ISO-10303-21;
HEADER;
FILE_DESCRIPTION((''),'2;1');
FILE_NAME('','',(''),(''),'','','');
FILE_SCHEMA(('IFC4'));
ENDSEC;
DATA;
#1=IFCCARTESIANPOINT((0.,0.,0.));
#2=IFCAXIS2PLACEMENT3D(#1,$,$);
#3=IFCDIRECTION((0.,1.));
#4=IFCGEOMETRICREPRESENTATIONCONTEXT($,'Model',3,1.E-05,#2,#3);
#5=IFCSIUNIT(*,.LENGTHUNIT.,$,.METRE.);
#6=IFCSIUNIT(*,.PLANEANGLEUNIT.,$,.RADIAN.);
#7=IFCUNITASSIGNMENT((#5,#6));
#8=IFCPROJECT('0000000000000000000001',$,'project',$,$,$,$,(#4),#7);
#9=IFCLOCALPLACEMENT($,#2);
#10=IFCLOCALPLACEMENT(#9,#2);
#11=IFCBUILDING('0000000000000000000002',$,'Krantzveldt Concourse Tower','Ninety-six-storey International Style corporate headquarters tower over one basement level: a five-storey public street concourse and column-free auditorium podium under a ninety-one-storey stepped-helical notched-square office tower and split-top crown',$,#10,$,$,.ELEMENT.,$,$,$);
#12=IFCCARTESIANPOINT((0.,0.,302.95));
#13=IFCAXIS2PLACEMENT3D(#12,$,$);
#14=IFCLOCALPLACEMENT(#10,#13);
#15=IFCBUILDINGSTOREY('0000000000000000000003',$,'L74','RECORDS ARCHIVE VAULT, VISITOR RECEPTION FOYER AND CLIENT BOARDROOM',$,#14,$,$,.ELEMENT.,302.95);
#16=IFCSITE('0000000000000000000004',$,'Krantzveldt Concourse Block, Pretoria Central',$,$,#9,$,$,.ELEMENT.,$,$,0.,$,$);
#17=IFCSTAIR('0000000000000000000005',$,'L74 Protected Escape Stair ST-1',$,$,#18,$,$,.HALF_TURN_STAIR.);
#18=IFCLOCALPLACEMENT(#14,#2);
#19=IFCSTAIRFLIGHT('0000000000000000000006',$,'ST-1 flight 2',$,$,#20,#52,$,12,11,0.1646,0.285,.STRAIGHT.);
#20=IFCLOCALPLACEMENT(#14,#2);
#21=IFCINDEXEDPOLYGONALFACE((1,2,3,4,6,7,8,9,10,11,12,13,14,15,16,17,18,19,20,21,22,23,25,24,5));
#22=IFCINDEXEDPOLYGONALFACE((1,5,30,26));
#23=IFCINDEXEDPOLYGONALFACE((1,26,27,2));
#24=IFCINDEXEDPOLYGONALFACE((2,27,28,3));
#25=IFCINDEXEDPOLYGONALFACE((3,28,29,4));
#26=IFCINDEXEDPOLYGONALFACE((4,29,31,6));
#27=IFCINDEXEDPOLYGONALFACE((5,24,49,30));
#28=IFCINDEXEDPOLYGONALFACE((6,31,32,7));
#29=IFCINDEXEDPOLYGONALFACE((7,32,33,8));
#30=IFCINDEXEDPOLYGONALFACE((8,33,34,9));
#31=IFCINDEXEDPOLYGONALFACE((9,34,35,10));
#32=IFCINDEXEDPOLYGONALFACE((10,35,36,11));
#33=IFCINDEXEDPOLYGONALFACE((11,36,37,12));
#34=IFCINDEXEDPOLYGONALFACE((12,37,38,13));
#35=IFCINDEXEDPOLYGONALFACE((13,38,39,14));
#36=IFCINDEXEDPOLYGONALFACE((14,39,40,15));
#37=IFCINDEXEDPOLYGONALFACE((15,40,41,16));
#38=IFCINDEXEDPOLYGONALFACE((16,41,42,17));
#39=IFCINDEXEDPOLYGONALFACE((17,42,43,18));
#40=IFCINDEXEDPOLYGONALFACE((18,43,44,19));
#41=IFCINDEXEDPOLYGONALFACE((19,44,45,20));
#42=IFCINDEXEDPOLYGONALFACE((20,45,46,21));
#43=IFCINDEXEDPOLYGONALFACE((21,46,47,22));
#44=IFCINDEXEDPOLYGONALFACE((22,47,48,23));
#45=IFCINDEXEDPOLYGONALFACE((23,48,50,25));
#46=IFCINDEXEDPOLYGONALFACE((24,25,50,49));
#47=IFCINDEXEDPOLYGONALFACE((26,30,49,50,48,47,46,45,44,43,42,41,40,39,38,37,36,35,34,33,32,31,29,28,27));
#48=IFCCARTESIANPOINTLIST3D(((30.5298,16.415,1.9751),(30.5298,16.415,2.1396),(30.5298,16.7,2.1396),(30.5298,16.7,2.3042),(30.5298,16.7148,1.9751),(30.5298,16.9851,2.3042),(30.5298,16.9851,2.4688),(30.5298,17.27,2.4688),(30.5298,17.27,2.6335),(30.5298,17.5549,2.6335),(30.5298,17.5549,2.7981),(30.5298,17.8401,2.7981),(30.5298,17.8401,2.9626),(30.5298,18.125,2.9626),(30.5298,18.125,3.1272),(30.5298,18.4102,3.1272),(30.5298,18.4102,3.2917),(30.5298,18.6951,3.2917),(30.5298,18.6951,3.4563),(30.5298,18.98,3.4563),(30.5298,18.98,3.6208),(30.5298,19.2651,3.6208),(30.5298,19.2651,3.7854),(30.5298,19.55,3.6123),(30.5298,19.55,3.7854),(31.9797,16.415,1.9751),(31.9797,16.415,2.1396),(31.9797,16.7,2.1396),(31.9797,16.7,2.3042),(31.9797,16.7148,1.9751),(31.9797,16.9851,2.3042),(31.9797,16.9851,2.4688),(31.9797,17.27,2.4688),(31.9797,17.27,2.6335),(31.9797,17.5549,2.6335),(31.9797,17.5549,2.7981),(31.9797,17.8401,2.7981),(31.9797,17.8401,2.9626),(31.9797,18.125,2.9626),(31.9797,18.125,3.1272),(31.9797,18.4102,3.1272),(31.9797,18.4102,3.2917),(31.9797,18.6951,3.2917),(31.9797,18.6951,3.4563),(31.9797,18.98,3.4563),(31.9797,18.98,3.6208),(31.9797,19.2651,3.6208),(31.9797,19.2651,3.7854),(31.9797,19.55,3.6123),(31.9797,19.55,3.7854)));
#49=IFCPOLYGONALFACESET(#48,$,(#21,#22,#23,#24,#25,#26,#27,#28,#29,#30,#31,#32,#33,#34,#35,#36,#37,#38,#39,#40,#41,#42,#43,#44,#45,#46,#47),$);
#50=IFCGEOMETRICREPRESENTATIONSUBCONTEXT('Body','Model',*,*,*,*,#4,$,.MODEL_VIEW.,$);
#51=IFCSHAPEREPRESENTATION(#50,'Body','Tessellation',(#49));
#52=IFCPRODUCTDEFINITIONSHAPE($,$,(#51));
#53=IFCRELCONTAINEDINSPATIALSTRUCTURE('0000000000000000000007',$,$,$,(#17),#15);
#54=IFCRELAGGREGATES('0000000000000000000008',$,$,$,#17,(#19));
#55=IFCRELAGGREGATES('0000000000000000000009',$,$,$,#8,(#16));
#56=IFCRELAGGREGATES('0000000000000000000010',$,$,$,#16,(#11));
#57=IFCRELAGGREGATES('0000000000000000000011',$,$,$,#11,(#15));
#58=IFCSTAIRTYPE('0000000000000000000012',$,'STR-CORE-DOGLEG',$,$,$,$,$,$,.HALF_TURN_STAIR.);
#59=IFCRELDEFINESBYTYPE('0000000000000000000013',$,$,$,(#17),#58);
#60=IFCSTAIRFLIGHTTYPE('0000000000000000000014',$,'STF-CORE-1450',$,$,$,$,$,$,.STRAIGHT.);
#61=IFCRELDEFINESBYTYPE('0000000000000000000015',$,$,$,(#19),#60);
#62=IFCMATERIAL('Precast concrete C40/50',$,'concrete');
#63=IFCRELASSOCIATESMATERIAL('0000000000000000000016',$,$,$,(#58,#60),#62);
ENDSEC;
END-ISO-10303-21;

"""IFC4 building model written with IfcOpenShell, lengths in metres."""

from ifc_helpers import new_model, si_unit, direction, frame, origin, place, context, subcontext, project, spatial, polyline, outline, extrude, material, type_object, element, aggregate, save


model = new_model("IFC4")

# Units and contexts
model_context = context("Model", 3, precision=1e-05, world=origin(), true_north=direction((0.0, 1.0)))
body_context = subcontext(model_context, "Body", "Model", "MODEL_VIEW")
ifc_project = project(units=[si_unit("LENGTHUNIT", "METRE"), si_unit("PLANEANGLEUNIT", "RADIAN")], contexts=[model_context])

# Site, building, storey
site_placement = place(None, origin())
site = spatial("IfcSite", under=ifc_project, at=site_placement, Name="Krantzveldt Concourse Block, Pretoria Central", CompositionType="ELEMENT", RefElevation=0.0)
building_placement = place(site_placement, origin())
building = spatial("IfcBuilding", under=site, at=building_placement, Name="Krantzveldt Concourse Tower", Description="Ninety-six-storey International Style corporate headquarters tower over one basement level: a five-storey public street concourse and column-free auditorium podium under a ninety-one-storey stepped-helical notched-square office tower and split-top crown", CompositionType="ELEMENT")
storey_placement = place(building_placement, frame((0.0, 0.0, 302.95)))
storey = spatial("IfcBuildingStorey", under=building, at=storey_placement, Name="L74", Description="RECORDS ARCHIVE VAULT, VISITOR RECEPTION FOYER AND CLIENT BOARDROOM", CompositionType="ELEMENT", Elevation=302.95)

# Stair, stair flight
ifc_material_1 = material(Name="Precast concrete C40/50", Category="concrete")
stair_type = type_object("IfcStairType", Name="STR-CORE-DOGLEG", PredefinedType="HALF_TURN_STAIR", material=ifc_material_1)
stair_placement = place(storey_placement, origin())
stair = element("IfcStair", 1, at=stair_placement, inside=storey, type_object=stair_type, Name="L74 Protected Escape Stair ST-1", PredefinedType="HALF_TURN_STAIR")
stair_flight_type = type_object("IfcStairFlightType", Name="STF-CORE-1450", PredefinedType="STRAIGHT", material=ifc_material_1)
stair_flight_1_placement = place(storey_placement, frame((31.2549, 16.415, 1.9751), z_axis=(0.0, 0.0, 1.0), x_axis=(0.0, 1.0, 0.0)))
stair_flight_1 = element("IfcStairFlight", 2, at=stair_flight_1_placement, type_object=stair_flight_type, Name="ST-1 flight 2", NumberOfRisers=12, NumberOfTreads=11, PredefinedType="STRAIGHT", RiserHeight=0.1646, TreadLength=0.285, context=body_context, shape_type="SweptSolid", body=[
    extrude(outline(polyline([(0.0, 0.0), (0.0, 0.1646), (0.2849, 0.1646), (0.2849, 0.3291), (0.5701, 0.3291), (0.5701, 0.4937), (0.855, 0.4937), (0.855, 0.6584), (1.1399, 0.6584), (1.1399, 0.823), (1.425, 0.823), (1.425, 0.9875), (1.71, 0.9875), (1.71, 1.1521), (1.9951, 1.1521), (1.9951, 1.3167), (2.28, 1.3167), (2.28, 1.4812), (2.5649, 1.4812), (2.5649, 1.6458), (2.8501, 1.6458), (2.8501, 1.8103), (3.135, 1.8103), (3.135, 1.9751), (3.135, 1.6372), (0.2998, 0.0), (0.0, 0.0)])), frame((0.0, 0.7251, 0.0), z_axis=(0.0, -1.0, 0.0), x_axis=(1.0, 0.0, 0.0)), (0.0, 0.0, 1.0), 1.45),
])
aggregate(stair, [stair_flight_1])

save(model, "model.ifc")
